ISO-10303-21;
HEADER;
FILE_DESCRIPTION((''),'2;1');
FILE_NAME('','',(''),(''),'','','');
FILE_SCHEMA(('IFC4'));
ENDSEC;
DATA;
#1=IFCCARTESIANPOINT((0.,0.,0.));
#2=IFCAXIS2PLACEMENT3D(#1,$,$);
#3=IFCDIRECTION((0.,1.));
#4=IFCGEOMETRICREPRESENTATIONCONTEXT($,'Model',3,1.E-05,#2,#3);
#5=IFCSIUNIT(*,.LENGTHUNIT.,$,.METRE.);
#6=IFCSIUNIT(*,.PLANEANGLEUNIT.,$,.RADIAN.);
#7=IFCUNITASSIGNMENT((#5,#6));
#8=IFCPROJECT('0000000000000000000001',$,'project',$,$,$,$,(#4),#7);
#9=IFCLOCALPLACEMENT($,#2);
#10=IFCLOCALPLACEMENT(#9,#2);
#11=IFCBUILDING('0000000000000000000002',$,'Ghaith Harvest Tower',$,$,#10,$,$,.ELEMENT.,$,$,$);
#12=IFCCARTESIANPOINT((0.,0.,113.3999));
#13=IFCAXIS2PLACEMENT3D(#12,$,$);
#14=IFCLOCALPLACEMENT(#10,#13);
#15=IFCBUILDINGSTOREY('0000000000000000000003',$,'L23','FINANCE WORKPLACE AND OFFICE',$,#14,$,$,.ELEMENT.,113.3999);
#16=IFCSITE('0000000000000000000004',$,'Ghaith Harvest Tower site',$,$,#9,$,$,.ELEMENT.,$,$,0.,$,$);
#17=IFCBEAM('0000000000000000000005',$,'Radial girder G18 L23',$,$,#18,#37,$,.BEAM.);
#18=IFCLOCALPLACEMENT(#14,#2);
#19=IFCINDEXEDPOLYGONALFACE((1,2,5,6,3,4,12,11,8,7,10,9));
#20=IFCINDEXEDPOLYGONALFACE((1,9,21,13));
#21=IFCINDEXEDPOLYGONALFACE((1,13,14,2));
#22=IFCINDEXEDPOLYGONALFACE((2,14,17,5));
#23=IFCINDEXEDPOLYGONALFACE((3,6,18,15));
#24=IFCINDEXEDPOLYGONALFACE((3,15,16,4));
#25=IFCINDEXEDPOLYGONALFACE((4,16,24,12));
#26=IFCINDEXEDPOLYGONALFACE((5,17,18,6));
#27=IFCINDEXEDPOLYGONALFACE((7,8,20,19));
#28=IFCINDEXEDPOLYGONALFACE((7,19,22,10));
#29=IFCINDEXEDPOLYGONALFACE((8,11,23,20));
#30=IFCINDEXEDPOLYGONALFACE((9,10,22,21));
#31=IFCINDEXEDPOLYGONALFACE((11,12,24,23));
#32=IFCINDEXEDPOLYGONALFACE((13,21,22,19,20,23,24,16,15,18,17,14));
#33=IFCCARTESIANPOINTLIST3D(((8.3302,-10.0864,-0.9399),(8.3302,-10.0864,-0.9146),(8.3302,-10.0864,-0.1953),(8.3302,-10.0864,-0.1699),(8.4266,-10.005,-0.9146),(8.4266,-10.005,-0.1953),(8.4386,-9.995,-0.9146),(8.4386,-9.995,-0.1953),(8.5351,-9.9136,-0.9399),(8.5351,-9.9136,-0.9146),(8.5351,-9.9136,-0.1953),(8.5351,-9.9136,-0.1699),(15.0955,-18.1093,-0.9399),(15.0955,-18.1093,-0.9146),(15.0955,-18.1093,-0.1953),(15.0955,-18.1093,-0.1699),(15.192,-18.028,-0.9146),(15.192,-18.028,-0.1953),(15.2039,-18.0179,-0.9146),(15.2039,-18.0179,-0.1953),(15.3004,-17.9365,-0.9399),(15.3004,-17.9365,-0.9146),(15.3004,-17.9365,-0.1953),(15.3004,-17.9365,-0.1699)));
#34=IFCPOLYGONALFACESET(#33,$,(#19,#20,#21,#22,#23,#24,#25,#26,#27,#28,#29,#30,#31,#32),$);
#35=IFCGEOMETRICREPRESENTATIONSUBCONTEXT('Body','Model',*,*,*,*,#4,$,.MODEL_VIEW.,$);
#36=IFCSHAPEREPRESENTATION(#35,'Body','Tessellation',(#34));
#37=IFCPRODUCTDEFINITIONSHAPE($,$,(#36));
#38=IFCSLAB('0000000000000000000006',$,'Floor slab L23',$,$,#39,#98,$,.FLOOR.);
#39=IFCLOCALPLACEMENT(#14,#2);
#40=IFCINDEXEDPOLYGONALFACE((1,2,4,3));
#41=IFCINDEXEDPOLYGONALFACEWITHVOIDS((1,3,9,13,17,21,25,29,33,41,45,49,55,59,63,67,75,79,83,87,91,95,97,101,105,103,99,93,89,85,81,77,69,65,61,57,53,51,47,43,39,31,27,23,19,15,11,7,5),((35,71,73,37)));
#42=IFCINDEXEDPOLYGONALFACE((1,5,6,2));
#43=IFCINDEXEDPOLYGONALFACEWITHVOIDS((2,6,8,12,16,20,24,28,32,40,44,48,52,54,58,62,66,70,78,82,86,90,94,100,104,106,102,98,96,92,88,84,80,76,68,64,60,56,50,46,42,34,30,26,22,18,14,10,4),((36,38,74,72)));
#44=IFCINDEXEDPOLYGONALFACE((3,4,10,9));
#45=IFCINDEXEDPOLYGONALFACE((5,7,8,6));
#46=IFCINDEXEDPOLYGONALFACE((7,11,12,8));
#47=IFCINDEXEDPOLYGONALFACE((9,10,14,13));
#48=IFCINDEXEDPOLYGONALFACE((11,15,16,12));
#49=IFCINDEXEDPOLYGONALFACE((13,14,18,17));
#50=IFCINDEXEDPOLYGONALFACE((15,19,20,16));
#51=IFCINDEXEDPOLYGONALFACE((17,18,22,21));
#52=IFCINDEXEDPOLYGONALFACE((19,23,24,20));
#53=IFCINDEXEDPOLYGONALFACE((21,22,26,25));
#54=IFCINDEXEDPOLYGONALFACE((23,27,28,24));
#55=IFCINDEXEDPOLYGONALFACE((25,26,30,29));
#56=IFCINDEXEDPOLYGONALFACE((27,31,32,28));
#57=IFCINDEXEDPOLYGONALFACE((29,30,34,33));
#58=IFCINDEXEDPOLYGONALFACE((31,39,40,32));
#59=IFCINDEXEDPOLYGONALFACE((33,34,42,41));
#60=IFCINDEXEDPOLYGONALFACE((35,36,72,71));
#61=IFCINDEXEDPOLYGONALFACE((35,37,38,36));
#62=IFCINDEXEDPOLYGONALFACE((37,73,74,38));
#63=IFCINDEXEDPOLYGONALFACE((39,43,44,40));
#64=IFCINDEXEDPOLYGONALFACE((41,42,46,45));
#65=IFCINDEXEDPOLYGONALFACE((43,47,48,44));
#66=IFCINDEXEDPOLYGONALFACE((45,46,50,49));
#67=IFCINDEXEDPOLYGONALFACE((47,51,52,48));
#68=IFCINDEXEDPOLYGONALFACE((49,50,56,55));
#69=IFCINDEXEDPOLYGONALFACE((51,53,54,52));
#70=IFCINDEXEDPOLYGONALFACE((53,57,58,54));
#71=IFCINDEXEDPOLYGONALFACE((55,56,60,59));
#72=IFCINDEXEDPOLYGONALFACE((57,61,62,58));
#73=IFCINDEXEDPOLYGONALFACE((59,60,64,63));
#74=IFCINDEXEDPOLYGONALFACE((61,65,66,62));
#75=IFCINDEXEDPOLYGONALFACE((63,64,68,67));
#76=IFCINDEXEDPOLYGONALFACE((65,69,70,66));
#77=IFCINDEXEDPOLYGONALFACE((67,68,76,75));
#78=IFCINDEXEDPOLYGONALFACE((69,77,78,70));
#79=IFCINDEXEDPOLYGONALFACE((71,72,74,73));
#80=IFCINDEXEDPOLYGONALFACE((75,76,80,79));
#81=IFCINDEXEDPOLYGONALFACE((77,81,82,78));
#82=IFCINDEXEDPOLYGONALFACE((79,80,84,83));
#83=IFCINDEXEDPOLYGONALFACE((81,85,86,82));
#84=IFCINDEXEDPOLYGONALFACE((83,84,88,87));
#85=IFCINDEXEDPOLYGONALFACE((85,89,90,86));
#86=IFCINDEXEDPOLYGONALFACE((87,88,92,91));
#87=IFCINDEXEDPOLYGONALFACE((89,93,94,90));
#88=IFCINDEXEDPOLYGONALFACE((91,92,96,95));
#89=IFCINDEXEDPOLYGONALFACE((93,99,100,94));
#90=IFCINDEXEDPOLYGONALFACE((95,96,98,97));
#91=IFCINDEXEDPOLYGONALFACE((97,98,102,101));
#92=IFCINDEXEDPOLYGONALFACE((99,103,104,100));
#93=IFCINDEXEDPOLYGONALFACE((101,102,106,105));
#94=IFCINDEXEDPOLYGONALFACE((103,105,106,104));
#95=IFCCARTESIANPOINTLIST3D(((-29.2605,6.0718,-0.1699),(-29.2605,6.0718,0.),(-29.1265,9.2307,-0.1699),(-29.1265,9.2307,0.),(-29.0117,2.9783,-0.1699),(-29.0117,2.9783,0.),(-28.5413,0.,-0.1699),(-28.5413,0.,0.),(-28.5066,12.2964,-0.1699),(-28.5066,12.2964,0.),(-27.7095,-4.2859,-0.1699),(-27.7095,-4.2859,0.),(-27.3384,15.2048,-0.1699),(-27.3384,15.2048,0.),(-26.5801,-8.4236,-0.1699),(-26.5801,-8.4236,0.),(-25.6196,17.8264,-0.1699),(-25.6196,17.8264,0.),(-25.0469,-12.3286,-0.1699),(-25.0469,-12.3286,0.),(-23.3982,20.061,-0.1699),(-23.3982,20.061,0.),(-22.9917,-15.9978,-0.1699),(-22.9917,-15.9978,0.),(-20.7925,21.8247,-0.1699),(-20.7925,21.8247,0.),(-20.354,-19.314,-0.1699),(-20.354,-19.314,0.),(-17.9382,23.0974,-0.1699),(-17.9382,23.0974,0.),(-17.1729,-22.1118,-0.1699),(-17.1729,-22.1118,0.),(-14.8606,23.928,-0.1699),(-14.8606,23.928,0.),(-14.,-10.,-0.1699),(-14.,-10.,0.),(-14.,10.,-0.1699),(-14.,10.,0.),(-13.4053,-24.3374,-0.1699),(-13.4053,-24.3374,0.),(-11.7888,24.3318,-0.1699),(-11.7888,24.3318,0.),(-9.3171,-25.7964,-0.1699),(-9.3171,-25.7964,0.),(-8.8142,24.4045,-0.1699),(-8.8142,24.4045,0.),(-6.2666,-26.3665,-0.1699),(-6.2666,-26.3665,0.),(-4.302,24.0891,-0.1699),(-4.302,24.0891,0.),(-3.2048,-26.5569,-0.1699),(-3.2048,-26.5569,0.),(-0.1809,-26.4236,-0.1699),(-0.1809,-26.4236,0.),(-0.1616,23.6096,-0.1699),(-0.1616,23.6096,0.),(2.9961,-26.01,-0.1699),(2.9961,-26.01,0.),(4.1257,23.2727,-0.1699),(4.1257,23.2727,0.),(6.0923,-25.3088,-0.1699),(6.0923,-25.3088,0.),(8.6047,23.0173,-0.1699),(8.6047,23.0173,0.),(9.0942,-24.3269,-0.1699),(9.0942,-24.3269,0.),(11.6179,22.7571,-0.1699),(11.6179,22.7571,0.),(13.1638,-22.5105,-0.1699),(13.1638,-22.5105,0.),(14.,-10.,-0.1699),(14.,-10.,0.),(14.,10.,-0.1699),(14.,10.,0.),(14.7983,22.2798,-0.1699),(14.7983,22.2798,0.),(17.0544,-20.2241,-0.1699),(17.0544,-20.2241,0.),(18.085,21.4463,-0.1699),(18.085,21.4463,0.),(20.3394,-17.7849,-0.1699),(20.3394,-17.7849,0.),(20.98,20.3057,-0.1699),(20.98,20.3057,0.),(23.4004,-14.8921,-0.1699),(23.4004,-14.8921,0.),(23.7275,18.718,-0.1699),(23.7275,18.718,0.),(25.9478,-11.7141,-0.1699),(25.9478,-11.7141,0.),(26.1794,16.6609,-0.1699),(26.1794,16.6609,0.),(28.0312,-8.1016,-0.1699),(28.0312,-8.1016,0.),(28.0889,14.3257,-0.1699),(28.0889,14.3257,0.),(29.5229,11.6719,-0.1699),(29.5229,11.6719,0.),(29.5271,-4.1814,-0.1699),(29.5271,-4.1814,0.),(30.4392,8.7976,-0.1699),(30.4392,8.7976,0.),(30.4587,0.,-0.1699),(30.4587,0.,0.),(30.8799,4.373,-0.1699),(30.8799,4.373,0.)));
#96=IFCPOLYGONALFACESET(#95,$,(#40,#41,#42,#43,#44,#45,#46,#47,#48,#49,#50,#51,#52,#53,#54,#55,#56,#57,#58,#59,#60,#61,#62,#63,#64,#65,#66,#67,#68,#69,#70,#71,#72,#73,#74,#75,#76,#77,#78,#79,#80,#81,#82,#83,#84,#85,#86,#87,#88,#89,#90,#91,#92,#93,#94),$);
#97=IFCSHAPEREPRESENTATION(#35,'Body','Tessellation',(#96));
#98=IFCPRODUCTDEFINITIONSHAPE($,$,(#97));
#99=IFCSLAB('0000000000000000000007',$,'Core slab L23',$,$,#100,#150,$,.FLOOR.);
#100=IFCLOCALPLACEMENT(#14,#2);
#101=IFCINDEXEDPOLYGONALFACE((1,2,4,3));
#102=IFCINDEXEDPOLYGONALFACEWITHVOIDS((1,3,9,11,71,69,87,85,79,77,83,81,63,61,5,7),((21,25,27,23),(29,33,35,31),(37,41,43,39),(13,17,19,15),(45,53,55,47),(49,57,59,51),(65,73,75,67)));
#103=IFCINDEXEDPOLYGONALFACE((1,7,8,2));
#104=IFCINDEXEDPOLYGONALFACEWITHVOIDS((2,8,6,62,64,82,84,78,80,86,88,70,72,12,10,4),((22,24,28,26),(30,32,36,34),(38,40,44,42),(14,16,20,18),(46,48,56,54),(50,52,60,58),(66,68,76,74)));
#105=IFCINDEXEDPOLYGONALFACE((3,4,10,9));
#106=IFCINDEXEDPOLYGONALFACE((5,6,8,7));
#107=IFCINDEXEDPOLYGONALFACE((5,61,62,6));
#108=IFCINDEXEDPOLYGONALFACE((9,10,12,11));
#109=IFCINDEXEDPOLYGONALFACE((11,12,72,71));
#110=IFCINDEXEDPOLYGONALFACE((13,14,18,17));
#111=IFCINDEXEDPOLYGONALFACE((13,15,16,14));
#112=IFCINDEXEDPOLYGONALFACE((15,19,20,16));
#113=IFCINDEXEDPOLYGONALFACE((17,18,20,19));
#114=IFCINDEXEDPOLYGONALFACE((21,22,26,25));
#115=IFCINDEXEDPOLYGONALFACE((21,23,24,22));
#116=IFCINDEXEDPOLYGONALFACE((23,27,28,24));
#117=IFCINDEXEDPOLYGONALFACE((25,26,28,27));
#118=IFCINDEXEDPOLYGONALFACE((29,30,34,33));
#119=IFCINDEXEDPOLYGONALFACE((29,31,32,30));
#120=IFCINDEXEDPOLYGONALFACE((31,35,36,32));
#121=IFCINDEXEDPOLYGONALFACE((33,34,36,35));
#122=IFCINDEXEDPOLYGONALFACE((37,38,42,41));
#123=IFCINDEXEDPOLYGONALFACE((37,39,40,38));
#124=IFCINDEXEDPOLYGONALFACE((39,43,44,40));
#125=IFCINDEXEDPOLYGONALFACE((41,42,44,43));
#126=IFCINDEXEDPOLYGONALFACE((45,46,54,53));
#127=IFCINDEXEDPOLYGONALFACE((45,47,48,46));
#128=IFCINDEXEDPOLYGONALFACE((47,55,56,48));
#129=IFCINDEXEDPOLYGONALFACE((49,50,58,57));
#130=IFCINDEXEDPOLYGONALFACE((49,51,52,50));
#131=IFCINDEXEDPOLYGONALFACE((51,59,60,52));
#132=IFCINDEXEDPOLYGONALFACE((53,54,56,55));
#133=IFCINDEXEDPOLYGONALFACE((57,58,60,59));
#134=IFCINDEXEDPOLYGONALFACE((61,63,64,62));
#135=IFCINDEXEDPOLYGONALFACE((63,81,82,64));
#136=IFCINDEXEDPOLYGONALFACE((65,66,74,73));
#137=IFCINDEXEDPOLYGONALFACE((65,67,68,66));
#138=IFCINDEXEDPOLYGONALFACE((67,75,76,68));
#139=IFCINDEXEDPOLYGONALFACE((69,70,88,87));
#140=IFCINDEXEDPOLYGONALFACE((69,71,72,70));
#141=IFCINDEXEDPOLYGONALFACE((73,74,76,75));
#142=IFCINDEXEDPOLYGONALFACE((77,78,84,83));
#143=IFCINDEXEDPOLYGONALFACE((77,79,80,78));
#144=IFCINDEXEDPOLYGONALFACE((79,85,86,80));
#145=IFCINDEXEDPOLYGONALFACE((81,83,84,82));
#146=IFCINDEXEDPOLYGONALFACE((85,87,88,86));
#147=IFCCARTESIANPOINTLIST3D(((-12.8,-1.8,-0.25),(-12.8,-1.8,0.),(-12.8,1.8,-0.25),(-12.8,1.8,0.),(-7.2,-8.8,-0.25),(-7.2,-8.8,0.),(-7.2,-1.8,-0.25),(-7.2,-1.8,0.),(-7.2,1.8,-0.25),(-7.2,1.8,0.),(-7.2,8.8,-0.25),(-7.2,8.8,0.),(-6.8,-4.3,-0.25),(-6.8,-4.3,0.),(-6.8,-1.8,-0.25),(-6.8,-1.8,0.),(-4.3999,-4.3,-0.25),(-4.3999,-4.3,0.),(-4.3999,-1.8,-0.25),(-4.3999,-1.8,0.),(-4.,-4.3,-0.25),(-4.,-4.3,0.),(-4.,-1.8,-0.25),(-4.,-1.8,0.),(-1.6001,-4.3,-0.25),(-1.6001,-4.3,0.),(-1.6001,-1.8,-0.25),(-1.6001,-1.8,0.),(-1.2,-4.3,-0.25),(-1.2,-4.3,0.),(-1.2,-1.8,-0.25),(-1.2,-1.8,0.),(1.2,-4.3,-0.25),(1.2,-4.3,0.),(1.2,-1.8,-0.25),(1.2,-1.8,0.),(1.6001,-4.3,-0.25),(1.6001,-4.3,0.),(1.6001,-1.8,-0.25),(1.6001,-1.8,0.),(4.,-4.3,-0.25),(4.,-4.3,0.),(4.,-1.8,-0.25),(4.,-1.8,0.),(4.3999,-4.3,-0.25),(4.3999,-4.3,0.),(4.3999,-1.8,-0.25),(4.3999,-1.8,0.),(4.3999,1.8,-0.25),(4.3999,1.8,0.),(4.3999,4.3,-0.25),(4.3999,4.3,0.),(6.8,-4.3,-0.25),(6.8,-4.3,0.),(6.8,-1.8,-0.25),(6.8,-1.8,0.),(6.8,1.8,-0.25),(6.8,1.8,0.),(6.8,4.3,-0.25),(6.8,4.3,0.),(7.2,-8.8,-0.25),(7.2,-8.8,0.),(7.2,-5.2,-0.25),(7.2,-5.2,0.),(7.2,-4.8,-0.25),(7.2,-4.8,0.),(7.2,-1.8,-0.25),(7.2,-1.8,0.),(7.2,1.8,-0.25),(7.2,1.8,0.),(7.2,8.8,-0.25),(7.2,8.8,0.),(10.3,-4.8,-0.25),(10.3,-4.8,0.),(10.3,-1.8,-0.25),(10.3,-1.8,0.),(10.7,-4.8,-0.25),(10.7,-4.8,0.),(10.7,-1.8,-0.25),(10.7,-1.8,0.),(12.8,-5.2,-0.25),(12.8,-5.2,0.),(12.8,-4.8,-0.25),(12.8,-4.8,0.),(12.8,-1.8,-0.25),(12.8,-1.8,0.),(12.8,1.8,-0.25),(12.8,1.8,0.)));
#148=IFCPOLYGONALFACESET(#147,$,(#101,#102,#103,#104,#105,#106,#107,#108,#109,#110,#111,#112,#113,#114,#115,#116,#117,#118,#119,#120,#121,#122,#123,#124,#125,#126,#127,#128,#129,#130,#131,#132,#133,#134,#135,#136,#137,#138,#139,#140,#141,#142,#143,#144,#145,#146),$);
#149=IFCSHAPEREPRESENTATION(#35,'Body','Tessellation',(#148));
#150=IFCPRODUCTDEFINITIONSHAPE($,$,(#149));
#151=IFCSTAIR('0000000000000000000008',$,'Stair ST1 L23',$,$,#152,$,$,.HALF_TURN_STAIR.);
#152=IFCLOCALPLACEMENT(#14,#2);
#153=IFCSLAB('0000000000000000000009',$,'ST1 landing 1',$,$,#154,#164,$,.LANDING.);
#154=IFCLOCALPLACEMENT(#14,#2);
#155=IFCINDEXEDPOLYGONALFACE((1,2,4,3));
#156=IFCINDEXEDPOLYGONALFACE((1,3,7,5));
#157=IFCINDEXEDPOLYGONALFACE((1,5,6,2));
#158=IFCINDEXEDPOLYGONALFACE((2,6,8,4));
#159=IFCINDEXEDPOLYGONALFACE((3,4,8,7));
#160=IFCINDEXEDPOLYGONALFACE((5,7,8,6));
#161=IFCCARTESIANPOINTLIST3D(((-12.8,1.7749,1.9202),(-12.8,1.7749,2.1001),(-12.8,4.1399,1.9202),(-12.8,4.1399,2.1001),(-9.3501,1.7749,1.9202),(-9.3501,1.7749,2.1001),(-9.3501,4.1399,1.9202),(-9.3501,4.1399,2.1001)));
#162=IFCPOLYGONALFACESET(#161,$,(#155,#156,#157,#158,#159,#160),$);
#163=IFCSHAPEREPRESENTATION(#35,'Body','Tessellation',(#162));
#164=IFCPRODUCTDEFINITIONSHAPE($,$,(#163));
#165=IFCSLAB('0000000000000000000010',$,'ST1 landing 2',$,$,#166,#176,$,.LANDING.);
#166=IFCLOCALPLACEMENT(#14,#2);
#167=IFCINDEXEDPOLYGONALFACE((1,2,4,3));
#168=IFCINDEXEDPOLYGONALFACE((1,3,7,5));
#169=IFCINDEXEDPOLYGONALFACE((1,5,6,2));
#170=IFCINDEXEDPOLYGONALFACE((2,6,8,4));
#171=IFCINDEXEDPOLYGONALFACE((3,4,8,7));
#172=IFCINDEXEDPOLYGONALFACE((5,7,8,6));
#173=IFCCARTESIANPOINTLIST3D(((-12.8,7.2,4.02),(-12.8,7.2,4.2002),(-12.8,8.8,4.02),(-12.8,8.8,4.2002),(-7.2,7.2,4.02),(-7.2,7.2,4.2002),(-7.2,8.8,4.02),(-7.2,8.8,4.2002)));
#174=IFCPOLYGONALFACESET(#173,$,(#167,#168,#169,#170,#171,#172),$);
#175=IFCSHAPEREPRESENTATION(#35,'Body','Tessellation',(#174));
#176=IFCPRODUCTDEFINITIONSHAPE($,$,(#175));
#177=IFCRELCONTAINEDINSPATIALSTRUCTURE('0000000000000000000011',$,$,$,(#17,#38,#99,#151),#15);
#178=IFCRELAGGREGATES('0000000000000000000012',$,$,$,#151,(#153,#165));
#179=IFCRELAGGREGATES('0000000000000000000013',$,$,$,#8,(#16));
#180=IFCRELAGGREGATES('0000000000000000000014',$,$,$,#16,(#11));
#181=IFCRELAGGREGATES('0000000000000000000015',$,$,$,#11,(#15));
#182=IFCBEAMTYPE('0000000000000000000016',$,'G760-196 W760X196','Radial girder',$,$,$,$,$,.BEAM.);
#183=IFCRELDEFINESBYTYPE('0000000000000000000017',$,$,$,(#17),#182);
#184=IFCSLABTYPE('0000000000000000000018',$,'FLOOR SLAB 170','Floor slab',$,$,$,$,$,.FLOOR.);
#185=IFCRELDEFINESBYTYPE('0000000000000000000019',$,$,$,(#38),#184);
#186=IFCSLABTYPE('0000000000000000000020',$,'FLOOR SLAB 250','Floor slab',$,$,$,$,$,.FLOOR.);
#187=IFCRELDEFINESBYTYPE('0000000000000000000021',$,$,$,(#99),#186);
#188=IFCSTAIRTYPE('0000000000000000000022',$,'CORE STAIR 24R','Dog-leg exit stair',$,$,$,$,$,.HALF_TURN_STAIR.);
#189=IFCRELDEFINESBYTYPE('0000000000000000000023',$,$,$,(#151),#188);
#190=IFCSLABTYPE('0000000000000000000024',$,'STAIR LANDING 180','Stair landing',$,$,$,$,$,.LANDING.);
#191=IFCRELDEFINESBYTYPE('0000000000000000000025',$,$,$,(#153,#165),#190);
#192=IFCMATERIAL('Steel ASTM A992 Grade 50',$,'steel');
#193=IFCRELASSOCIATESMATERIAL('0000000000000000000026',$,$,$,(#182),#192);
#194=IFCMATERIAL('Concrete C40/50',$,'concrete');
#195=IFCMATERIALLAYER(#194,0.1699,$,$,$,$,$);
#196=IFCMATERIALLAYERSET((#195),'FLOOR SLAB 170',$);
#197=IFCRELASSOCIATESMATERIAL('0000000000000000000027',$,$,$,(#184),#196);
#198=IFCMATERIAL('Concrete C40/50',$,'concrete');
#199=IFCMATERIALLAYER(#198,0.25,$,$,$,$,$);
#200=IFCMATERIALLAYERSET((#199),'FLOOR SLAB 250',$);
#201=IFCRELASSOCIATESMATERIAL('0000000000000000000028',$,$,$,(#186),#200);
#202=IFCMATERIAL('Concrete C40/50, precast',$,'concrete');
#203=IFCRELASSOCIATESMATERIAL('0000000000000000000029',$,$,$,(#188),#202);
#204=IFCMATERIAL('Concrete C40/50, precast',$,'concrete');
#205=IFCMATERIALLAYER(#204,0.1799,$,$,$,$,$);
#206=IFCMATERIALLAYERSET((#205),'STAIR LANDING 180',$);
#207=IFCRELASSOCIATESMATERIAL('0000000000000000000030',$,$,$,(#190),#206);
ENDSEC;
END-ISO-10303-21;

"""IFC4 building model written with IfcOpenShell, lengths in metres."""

from ifc_helpers import new_model, si_unit, direction, frame, origin, origin_2d, place, context, subcontext, project, spatial, polyline, i_section, outline, extrude, material, layer, layer_set, material_profile, profile_set, type_object, element, aggregate, save


model = new_model("IFC4")

# Units and contexts
model_context = context("Model", 3, precision=1e-05, world=origin(), true_north=direction((0.0, 1.0)))
body_context = subcontext(model_context, "Body", "Model", "MODEL_VIEW")
ifc_project = project(units=[si_unit("LENGTHUNIT", "METRE"), si_unit("PLANEANGLEUNIT", "RADIAN")], contexts=[model_context])

# Site, building, storey
site_placement = place(None, origin())
site = spatial("IfcSite", under=ifc_project, at=site_placement, Name="Ghaith Harvest Tower site", CompositionType="ELEMENT", RefElevation=0.0)
building_placement = place(site_placement, origin())
building = spatial("IfcBuilding", under=site, at=building_placement, Name="Ghaith Harvest Tower", CompositionType="ELEMENT")
storey_placement = place(building_placement, frame((0.0, 0.0, 113.3999)))
storey = spatial("IfcBuildingStorey", under=building, at=storey_placement, Name="L23", Description="FINANCE WORKPLACE AND OFFICE", CompositionType="ELEMENT", Elevation=113.3999)

# Beam
ifc_material_1 = material(Name="Steel ASTM A992 Grade 50", Category="steel")
ifc_material_profile = material_profile(ifc_material_1, i_section(OverallWidth=0.2681, OverallDepth=0.77, WebThickness=0.0156, FlangeThickness=0.0254, at=origin_2d()), Name="W760X196")
ifc_profile_set = profile_set([ifc_material_profile], Name="Steel ASTM A992 Grade 50")
beam_type = type_object("IfcBeamType", Name="G760-196 W760X196", Description="Radial girder", PredefinedType="BEAM", material=ifc_profile_set)
beam_placement = place(storey_placement, frame((8.4326, -10.0, -0.5549), z_axis=(0.644649, -0.764478, 0.0), x_axis=(0.764478, 0.644649, 0.0)))
element("IfcBeam", 1, at=beam_placement, inside=storey, type_object=beam_type, Name="Radial girder G18 L23", PredefinedType="BEAM", context=body_context, shape_type="SweptSolid", body=[
    extrude(i_section(OverallWidth=0.2681, OverallDepth=0.77, WebThickness=0.0156, FlangeThickness=0.0254, at=origin_2d()), origin(), (0.0, 0.0, 1.0), 10.4946),
])

# Slabs
ifc_material_2 = material(Name="Concrete C40/50", Category="concrete")
ifc_layer_1 = layer(ifc_material_2, 0.1699)
ifc_layer_set_1 = layer_set([ifc_layer_1], Name="FLOOR SLAB 170")
slab_type_1 = type_object("IfcSlabType", Name="FLOOR SLAB 170", Description="Floor slab", PredefinedType="FLOOR", material=ifc_layer_set_1)
slab_1_placement = place(storey_placement, frame((0.0, 0.0, -0.1699)))
element("IfcSlab", 2, at=slab_1_placement, inside=storey, type_object=slab_type_1, Name="Floor slab L23", PredefinedType="FLOOR", context=body_context, shape_type="SweptSolid", body=[
    extrude(outline(polyline([(30.4587, 0.0), (30.8799, 4.373), (30.4392, 8.7976), (29.5229, 11.6719), (28.0889, 14.3257), (26.1794, 16.6609), (23.7275, 18.718), (20.98, 20.3057), (18.085, 21.4463), (14.7983, 22.2798), (11.6179, 22.7571), (8.6047, 23.0173), (4.1257, 23.2727), (-0.1616, 23.6096), (-4.302, 24.0891), (-8.8142, 24.4045), (-11.7888, 24.3318), (-14.8606, 23.928), (-17.9382, 23.0974), (-20.7925, 21.8247), (-23.3982, 20.061), (-25.6196, 17.8264), (-27.3384, 15.2048), (-28.5066, 12.2964), (-29.1265, 9.2307), (-29.2605, 6.0718), (-29.0117, 2.9783), (-28.5413, 0.0), (-27.7095, -4.2859), (-26.5801, -8.4236), (-25.0469, -12.3286), (-22.9917, -15.9978), (-20.354, -19.314), (-17.1729, -22.1118), (-13.4053, -24.3374), (-9.3171, -25.7964), (-6.2666, -26.3665), (-3.2048, -26.5569), (-0.1809, -26.4236), (2.9961, -26.01), (6.0923, -25.3088), (9.0942, -24.3269), (13.1638, -22.5105), (17.0544, -20.2241), (20.3394, -17.7849), (23.4004, -14.8921), (25.9478, -11.7141), (28.0312, -8.1016), (29.5271, -4.1814), (30.4587, 0.0)]), holes=[polyline([(-14.0, -10.0), (14.0, -10.0), (14.0, 10.0), (-14.0, 10.0), (-14.0, -10.0)])]), origin(), (0.0, 0.0, 1.0), 0.1699),
])
ifc_material_3 = material(Name="Concrete C40/50", Category="concrete")
ifc_layer_2 = layer(ifc_material_3, 0.25)
ifc_layer_set_2 = layer_set([ifc_layer_2], Name="FLOOR SLAB 250")
slab_type_2 = type_object("IfcSlabType", Name="FLOOR SLAB 250", Description="Floor slab", PredefinedType="FLOOR", material=ifc_layer_set_2)
slab_2_placement = place(storey_placement, frame((0.0, 0.0, -0.25)))
element("IfcSlab", 3, at=slab_2_placement, inside=storey, type_object=slab_type_2, Name="Core slab L23", PredefinedType="FLOOR", context=body_context, shape_type="SweptSolid", body=[
    extrude(outline(polyline([(-12.8, 1.8), (-7.2, 1.8), (-7.2, 8.8), (7.2, 8.8), (7.2, 1.8), (12.8, 1.8), (12.8, -1.8), (10.7, -1.8), (10.7, -4.8), (12.8, -4.8), (12.8, -5.2), (7.2, -5.2), (7.2, -8.8), (-7.2, -8.8), (-7.2, -1.8), (-12.8, -1.8), (-12.8, 1.8)]), holes=[polyline([(-4.3999, -4.3), (-4.3999, -1.8), (-6.8, -1.8), (-6.8, -4.3), (-4.3999, -4.3)]), polyline([(-1.6001, -4.3), (-1.6001, -1.8), (-4.0, -1.8), (-4.0, -4.3), (-1.6001, -4.3)]), polyline([(1.2, -1.8), (-1.2, -1.8), (-1.2, -4.3), (1.2, -4.3), (1.2, -1.8)]), polyline([(4.0, -4.3), (4.0, -1.8), (1.6001, -1.8), (1.6001, -4.3), (4.0, -4.3)]), polyline([(10.3, -4.8), (10.3, -1.8), (7.2, -1.8), (7.2, -4.8), (10.3, -4.8)]), polyline([(6.8, -1.8), (4.3999, -1.8), (4.3999, -4.3), (6.8, -4.3), (6.8, -1.8)]), polyline([(6.8, 1.8), (6.8, 4.3), (4.3999, 4.3), (4.3999, 1.8), (6.8, 1.8)])]), origin(), (0.0, 0.0, 1.0), 0.25),
])

# Stair, slabs
ifc_material_4 = material(Name="Concrete C40/50, precast", Category="concrete")
stair_type = type_object("IfcStairType", Name="CORE STAIR 24R", Description="Dog-leg exit stair", PredefinedType="HALF_TURN_STAIR", material=ifc_material_4)
stair_1_placement = place(storey_placement, origin())
stair_1 = element("IfcStair", 4, at=stair_1_placement, inside=storey, type_object=stair_type, Name="Stair ST1 L23", PredefinedType="HALF_TURN_STAIR")
ifc_material_5 = material(Name="Concrete C40/50, precast", Category="concrete")
ifc_layer_3 = layer(ifc_material_5, 0.1799)
ifc_layer_set_3 = layer_set([ifc_layer_3], Name="STAIR LANDING 180")
slab_type_3 = type_object("IfcSlabType", Name="STAIR LANDING 180", Description="Stair landing", PredefinedType="LANDING", material=ifc_layer_set_3)
slab_3_placement = place(storey_placement, frame((0.0, 0.0, 1.9202)))
slab_3 = element("IfcSlab", 5, at=slab_3_placement, type_object=slab_type_3, Name="ST1 landing 1", PredefinedType="LANDING", context=body_context, shape_type="SweptSolid", body=[
    extrude(outline(polyline([(-12.8, 4.1399), (-12.8, 1.7749), (-9.3501, 1.7749), (-9.3501, 4.1399), (-12.8, 4.1399)])), origin(), (0.0, 0.0, 1.0), 0.1799),
])
slab_4_placement = place(storey_placement, frame((0.0, 0.0, 4.02)))
slab_4 = element("IfcSlab", 6, at=slab_4_placement, type_object=slab_type_3, Name="ST1 landing 2", PredefinedType="LANDING", context=body_context, shape_type="SweptSolid", body=[
    extrude(outline(polyline([(-12.8, 8.8), (-12.8, 7.2), (-7.2, 7.2), (-7.2, 8.8), (-12.8, 8.8)])), origin(), (0.0, 0.0, 1.0), 0.1802),
])
aggregate(stair_1, [slab_3, slab_4])

save(model, "model.ifc")
